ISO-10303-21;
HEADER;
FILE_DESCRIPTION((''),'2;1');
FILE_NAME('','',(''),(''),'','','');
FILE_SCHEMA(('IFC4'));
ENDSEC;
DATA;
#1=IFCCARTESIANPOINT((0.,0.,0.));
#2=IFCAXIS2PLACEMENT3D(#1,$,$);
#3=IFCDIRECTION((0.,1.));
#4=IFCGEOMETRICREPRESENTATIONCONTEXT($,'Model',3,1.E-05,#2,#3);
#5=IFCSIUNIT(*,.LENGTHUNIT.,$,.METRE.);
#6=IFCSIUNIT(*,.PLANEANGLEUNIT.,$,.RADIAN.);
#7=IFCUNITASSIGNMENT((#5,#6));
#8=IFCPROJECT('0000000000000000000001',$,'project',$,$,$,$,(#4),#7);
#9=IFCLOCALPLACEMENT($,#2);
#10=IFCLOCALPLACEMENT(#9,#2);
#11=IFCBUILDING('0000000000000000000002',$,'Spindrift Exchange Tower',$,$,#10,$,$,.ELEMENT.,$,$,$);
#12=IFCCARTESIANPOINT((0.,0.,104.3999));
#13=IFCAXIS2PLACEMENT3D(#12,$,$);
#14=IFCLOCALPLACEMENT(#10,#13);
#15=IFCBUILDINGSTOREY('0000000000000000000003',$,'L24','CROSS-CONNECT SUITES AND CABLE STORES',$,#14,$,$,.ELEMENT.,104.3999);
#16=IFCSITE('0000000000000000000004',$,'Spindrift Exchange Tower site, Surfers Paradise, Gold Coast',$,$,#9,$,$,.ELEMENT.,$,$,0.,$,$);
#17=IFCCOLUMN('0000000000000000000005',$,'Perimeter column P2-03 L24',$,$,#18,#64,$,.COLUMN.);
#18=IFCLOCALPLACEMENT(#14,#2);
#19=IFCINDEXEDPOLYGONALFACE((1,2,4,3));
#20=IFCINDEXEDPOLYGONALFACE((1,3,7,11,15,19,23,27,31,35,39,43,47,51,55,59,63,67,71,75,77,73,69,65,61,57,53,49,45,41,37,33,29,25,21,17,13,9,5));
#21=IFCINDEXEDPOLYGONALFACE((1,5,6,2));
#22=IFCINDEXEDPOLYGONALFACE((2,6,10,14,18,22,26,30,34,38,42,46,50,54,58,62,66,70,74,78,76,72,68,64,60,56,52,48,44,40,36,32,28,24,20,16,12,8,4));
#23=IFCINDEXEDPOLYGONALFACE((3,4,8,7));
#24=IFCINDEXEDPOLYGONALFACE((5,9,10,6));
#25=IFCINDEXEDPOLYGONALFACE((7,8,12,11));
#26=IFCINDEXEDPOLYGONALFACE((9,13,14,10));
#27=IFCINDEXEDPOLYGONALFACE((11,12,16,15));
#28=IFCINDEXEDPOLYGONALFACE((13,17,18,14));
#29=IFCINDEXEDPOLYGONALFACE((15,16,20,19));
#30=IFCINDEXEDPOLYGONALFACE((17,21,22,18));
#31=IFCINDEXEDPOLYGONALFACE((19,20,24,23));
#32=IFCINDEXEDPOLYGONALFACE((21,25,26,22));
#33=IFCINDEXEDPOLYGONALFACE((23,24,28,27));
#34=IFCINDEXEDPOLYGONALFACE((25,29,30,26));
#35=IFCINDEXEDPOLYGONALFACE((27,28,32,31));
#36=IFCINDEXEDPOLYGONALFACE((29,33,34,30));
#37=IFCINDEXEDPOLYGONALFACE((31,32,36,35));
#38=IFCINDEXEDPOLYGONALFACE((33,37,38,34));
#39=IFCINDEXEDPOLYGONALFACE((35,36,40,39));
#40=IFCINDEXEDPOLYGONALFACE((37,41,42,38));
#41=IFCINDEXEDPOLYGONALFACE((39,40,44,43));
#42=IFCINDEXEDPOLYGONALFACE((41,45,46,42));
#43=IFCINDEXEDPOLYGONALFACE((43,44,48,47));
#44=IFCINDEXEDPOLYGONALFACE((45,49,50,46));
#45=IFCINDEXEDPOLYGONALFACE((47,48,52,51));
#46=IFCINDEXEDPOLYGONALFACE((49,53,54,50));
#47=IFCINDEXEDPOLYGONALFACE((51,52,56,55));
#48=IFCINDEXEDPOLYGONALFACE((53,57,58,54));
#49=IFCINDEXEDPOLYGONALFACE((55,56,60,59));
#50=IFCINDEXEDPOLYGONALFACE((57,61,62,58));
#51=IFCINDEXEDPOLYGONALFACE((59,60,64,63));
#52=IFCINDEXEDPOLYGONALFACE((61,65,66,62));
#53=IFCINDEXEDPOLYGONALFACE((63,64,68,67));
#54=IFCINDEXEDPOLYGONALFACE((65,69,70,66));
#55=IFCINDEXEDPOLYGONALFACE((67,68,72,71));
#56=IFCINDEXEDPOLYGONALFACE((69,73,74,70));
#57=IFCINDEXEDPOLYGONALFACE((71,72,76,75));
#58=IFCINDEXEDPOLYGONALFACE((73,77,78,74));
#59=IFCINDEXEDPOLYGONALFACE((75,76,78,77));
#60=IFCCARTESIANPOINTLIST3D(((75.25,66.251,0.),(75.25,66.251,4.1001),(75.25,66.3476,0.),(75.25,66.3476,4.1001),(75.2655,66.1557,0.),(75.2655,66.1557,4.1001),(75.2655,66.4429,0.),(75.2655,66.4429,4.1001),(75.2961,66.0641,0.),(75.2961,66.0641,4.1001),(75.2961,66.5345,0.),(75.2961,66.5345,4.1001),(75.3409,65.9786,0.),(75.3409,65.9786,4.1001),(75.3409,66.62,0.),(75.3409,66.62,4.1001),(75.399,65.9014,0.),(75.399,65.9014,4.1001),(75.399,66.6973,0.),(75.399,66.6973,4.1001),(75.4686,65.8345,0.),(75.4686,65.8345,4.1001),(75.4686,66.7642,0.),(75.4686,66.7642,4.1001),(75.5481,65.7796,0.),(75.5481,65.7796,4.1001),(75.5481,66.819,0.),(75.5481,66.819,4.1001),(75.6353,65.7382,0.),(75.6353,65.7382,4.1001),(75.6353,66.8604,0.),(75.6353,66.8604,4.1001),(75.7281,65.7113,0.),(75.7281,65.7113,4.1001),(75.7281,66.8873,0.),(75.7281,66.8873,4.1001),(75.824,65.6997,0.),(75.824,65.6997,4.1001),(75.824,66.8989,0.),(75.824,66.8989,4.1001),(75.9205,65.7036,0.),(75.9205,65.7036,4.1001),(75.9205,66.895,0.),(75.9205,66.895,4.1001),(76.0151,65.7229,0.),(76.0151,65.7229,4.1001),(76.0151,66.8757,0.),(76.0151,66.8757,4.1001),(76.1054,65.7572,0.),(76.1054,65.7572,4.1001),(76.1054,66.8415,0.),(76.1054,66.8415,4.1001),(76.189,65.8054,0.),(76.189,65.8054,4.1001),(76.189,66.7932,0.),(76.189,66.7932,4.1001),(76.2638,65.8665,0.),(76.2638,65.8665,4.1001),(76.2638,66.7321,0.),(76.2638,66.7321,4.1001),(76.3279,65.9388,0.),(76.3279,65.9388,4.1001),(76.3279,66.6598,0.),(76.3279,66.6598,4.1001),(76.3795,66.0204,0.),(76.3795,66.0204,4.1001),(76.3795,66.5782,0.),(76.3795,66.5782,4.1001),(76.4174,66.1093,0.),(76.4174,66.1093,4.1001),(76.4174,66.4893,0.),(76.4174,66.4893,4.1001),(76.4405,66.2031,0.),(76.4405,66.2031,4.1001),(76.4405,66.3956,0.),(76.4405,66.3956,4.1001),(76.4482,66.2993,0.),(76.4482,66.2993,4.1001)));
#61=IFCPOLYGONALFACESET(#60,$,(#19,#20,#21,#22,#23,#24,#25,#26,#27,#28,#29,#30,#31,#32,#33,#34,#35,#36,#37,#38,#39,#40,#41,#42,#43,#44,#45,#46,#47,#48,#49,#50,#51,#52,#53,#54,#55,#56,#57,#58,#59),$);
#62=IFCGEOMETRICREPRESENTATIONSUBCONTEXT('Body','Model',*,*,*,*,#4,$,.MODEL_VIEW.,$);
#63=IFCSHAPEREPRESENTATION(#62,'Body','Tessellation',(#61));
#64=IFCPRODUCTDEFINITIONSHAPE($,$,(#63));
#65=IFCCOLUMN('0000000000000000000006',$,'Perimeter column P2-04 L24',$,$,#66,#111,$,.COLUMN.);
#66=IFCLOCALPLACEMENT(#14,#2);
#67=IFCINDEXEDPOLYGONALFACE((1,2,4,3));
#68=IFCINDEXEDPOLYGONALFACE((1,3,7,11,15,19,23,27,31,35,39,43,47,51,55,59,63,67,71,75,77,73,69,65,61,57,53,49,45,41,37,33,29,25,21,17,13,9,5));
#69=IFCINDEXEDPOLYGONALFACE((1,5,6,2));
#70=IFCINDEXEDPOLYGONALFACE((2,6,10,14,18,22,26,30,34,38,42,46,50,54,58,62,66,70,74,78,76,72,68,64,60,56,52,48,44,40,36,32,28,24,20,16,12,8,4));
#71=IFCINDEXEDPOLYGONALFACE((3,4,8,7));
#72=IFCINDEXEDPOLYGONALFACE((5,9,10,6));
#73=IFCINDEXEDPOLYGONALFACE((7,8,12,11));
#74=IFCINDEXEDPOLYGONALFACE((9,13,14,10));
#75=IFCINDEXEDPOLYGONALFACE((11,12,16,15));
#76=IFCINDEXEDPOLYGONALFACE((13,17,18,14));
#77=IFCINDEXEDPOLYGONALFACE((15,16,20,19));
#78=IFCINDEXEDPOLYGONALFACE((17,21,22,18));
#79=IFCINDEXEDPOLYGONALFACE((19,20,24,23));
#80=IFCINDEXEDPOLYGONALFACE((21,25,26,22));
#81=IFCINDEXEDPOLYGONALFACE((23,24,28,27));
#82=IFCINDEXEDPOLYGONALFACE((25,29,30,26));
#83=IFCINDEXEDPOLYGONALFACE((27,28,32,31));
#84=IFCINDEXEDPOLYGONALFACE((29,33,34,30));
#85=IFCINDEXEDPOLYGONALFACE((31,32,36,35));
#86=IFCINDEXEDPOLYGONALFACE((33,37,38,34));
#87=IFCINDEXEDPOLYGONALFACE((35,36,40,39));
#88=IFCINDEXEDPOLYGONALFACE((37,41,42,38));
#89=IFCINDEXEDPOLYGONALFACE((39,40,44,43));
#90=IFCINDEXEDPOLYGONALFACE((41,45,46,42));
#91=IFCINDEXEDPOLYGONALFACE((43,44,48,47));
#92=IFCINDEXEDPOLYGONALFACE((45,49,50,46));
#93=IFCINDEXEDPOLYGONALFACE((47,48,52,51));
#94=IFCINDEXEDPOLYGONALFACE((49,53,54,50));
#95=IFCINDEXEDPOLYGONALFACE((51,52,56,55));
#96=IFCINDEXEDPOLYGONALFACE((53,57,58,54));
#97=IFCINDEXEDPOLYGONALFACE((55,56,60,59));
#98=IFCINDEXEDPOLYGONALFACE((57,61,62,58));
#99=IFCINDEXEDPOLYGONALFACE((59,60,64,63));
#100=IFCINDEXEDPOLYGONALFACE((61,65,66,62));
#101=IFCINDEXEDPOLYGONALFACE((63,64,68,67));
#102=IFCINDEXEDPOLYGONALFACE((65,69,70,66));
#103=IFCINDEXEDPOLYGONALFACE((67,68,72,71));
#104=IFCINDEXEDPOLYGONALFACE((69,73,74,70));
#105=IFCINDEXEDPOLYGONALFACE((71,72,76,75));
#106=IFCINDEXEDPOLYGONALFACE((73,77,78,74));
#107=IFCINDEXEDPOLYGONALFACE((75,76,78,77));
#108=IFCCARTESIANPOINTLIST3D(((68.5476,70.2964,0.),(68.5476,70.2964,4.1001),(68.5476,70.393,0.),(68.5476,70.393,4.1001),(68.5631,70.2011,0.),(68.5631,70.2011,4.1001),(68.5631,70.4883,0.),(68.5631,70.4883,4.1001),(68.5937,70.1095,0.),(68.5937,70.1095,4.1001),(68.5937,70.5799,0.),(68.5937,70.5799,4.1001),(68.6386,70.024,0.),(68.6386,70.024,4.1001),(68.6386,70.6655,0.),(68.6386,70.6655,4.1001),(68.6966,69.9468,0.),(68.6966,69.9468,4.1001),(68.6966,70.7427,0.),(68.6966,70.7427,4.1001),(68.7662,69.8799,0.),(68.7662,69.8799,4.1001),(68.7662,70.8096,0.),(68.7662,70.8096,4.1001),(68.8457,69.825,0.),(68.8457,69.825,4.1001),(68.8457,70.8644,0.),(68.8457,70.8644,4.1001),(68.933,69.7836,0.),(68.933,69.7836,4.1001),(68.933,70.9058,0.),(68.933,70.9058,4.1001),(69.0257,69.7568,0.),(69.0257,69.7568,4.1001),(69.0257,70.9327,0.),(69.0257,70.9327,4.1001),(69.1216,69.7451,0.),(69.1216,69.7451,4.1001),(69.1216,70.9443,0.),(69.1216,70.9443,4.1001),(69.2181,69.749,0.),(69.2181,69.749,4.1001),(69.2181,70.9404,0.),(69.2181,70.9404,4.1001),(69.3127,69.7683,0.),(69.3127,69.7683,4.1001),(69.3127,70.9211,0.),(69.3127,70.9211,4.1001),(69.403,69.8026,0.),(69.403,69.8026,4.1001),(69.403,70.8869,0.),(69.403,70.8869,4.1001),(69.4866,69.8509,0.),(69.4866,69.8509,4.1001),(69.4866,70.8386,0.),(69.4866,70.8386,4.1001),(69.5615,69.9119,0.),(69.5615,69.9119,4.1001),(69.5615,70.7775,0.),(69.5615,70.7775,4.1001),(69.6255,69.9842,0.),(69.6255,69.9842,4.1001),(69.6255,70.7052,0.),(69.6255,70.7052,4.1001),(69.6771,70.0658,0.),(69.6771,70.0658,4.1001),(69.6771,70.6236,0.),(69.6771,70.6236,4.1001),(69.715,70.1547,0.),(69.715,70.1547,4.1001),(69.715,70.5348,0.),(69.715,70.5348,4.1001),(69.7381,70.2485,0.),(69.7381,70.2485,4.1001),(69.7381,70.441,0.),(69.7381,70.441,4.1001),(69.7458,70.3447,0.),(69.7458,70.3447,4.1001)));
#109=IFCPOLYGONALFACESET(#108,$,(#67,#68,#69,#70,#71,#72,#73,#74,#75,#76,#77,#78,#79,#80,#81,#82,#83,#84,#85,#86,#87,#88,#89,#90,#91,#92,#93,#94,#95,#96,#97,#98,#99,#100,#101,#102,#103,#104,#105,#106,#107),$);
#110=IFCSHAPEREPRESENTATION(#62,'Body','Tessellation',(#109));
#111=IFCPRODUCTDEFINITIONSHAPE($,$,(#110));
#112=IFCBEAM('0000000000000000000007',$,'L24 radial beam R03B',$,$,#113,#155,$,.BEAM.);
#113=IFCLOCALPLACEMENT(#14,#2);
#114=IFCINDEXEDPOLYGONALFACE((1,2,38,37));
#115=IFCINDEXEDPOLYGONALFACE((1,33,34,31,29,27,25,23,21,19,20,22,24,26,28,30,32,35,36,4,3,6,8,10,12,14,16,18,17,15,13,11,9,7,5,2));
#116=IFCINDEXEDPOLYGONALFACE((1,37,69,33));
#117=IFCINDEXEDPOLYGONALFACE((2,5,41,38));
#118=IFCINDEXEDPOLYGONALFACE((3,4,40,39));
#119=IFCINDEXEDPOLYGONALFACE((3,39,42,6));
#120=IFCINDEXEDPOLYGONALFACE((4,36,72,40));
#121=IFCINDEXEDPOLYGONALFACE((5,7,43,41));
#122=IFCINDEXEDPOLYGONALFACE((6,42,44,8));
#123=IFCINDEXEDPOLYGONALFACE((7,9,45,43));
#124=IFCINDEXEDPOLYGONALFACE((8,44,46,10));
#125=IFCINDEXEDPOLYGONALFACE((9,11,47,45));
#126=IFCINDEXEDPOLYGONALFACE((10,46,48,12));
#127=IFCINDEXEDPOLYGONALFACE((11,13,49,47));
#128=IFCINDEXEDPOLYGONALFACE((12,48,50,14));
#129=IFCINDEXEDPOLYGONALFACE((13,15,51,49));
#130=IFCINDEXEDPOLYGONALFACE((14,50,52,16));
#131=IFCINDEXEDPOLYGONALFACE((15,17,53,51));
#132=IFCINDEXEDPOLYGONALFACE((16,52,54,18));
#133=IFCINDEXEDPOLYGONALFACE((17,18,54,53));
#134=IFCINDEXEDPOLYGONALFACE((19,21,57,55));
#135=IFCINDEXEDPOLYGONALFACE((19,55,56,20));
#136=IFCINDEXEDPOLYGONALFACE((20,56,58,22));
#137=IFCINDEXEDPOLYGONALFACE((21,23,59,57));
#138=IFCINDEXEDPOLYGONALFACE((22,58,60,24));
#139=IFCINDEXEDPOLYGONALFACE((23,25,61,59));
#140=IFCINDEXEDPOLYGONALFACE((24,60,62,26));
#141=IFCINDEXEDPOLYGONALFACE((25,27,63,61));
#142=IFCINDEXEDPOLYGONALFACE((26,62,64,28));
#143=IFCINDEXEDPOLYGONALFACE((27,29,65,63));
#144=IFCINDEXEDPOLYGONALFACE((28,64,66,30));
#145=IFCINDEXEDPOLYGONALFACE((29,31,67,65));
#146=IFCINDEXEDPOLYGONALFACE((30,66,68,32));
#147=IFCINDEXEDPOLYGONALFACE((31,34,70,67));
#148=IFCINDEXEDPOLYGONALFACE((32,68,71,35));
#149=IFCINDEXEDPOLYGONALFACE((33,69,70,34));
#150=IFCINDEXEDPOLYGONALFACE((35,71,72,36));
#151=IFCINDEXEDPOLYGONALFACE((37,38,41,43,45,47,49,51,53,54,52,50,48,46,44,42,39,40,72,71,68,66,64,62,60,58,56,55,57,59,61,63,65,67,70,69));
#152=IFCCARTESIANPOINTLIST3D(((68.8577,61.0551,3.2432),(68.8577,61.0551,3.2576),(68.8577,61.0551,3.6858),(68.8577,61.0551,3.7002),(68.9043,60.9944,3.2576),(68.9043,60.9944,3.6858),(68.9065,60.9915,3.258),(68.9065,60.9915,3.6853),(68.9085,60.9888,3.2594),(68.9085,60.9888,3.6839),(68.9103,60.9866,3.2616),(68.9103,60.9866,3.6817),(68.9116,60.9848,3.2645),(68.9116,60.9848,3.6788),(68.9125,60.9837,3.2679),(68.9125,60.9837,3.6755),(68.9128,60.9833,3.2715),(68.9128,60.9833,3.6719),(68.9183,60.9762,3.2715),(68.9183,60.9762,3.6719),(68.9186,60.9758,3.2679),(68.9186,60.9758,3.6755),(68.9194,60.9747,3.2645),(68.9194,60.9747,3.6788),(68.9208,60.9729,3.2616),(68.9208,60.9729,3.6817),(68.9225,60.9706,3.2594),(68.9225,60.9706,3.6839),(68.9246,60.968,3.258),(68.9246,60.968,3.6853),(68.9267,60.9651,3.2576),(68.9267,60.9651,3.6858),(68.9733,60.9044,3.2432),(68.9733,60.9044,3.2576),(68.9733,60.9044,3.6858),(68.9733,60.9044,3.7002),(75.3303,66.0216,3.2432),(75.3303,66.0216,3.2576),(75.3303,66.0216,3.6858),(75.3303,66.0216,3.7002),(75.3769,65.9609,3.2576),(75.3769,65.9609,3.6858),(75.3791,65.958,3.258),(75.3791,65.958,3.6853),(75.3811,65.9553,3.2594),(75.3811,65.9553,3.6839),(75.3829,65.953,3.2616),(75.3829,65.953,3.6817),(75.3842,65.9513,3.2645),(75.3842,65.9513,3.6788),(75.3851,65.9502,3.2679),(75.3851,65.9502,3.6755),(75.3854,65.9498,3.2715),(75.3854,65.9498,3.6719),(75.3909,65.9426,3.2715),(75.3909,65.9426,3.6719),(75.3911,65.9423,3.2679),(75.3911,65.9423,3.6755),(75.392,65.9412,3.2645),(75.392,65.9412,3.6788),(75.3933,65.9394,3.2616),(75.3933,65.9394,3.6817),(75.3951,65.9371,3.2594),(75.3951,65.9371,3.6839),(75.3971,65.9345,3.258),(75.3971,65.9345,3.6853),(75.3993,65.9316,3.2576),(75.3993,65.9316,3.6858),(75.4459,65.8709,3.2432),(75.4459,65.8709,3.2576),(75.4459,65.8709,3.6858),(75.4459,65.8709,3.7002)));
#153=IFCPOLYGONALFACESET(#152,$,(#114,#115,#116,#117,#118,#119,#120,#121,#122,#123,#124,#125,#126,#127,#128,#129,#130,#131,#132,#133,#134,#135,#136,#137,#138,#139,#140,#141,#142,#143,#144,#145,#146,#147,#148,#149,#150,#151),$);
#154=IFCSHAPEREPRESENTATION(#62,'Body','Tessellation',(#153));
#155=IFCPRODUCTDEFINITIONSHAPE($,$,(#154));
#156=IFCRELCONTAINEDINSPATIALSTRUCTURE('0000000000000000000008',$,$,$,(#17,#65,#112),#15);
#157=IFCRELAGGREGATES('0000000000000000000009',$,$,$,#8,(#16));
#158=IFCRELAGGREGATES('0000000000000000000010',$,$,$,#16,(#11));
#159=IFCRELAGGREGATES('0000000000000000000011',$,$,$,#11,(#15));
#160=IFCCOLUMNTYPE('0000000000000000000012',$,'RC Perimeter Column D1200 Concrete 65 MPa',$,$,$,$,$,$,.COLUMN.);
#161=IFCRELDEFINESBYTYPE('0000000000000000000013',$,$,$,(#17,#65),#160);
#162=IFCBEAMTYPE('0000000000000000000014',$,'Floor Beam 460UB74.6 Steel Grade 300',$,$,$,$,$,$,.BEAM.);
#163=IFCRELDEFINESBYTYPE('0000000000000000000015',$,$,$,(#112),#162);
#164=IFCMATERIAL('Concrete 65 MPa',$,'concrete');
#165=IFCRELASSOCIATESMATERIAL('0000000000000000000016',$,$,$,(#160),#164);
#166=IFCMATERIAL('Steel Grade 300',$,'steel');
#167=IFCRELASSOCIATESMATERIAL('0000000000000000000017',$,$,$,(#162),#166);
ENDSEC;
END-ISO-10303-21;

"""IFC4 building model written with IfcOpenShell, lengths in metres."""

from ifc_helpers import new_model, si_unit, direction, frame, origin, origin_2d, place, context, subcontext, project, spatial, circle, i_section, extrude, source, transform, mapped, material, material_profile, profile_set, type_object, element, save


model = new_model("IFC4")

# Units and contexts
model_context = context("Model", 3, precision=1e-05, world=origin(), true_north=direction((0.0, 1.0)))
body_context = subcontext(model_context, "Body", "Model", "MODEL_VIEW")
ifc_project = project(units=[si_unit("LENGTHUNIT", "METRE"), si_unit("PLANEANGLEUNIT", "RADIAN")], contexts=[model_context])

# Site, building, storey
site_placement = place(None, origin())
site = spatial("IfcSite", under=ifc_project, at=site_placement, Name="Spindrift Exchange Tower site, Surfers Paradise, Gold Coast", CompositionType="ELEMENT", RefElevation=0.0)
building_placement = place(site_placement, origin())
building = spatial("IfcBuilding", under=site, at=building_placement, Name="Spindrift Exchange Tower", CompositionType="ELEMENT")
storey_placement = place(building_placement, frame((0.0, 0.0, 104.3999)))
storey = spatial("IfcBuildingStorey", under=building, at=storey_placement, Name="L24", Description="CROSS-CONNECT SUITES AND CABLE STORES", CompositionType="ELEMENT", Elevation=104.3999)

# Columns
ifc_material_1 = material(Name="Concrete 65 MPa", Category="concrete")
ifc_material_profile_1 = material_profile(ifc_material_1, circle(Radius=0.6001, at=origin_2d()), Name="RC D1200")
ifc_profile_set_1 = profile_set([ifc_material_profile_1], Name="Concrete 65 MPa")
column_type = type_object("IfcColumnType", Name="RC Perimeter Column D1200 Concrete 65 MPa", PredefinedType="COLUMN", material=ifc_profile_set_1)
shared_shape_1 = source(origin(), body_context, "Body", "SweptSolid", [
    extrude(circle(Radius=0.6001, at=origin_2d()), origin(), (0.0, 0.0, 1.0), 4.1001),
])
for number, where, z_axis, x_axis, name in (
    (1, (75.8481, 66.2993, 0.0), (0.0, 0.0, 1.0), (1.0, 0.0, 0.0), "Perimeter column P2-03 L24"),
    (2, (69.1458, 70.3447, 0.0), (0.0, 0.0, 1.0), (1.0, 0.0, 0.0), "Perimeter column P2-04 L24"),
):
    element("IfcColumn", number, at=place(storey_placement, frame(where, z_axis=z_axis, x_axis=x_axis)), inside=storey, type_object=column_type, Name=name, PredefinedType="COLUMN", context=body_context, shape_type="MappedRepresentation", body=[
        mapped(shared_shape_1, transform((0.0, 0.0, 0.0), scale=1.0)),
    ])

# Beam
ifc_material_2 = material(Name="Steel Grade 300", Category="steel")
ifc_material_profile_2 = material_profile(ifc_material_2, i_section(OverallWidth=0.1899, OverallDepth=0.457, WebThickness=0.009, FlangeThickness=0.0144, FilletRadius=0.0139, at=origin_2d()), Name="460UB74.6")
ifc_profile_set_2 = profile_set([ifc_material_profile_2], Name="Steel Grade 300")
beam_type_1 = type_object("IfcBeamType", Name="Floor Beam 460UB74.6 Steel Grade 300", PredefinedType="BEAM", material=ifc_profile_set_2)
shared_shape_2 = source(origin(), body_context, "Body", "SweptSolid", [
    extrude(i_section(OverallWidth=0.1899, OverallDepth=0.457, WebThickness=0.009, FlangeThickness=0.0144, FilletRadius=0.0139, at=origin_2d()), origin(), (0.0, 0.0, 1.0), 8.1584),
])
beam_1_placement = place(storey_placement, frame((68.9155, 60.9797, 3.4717), z_axis=(0.793359, 0.608754, 0.0), x_axis=(-0.608754, 0.793359, 0.0)))
element("IfcBeam", 3, at=beam_1_placement, inside=storey, type_object=beam_type_1, Name="L24 radial beam R03B", PredefinedType="BEAM", context=body_context, shape_type="MappedRepresentation", body=[
    mapped(shared_shape_2, transform((0.0, 0.0, 0.0), scale=1.0)),
])

save(model, "model.ifc")
